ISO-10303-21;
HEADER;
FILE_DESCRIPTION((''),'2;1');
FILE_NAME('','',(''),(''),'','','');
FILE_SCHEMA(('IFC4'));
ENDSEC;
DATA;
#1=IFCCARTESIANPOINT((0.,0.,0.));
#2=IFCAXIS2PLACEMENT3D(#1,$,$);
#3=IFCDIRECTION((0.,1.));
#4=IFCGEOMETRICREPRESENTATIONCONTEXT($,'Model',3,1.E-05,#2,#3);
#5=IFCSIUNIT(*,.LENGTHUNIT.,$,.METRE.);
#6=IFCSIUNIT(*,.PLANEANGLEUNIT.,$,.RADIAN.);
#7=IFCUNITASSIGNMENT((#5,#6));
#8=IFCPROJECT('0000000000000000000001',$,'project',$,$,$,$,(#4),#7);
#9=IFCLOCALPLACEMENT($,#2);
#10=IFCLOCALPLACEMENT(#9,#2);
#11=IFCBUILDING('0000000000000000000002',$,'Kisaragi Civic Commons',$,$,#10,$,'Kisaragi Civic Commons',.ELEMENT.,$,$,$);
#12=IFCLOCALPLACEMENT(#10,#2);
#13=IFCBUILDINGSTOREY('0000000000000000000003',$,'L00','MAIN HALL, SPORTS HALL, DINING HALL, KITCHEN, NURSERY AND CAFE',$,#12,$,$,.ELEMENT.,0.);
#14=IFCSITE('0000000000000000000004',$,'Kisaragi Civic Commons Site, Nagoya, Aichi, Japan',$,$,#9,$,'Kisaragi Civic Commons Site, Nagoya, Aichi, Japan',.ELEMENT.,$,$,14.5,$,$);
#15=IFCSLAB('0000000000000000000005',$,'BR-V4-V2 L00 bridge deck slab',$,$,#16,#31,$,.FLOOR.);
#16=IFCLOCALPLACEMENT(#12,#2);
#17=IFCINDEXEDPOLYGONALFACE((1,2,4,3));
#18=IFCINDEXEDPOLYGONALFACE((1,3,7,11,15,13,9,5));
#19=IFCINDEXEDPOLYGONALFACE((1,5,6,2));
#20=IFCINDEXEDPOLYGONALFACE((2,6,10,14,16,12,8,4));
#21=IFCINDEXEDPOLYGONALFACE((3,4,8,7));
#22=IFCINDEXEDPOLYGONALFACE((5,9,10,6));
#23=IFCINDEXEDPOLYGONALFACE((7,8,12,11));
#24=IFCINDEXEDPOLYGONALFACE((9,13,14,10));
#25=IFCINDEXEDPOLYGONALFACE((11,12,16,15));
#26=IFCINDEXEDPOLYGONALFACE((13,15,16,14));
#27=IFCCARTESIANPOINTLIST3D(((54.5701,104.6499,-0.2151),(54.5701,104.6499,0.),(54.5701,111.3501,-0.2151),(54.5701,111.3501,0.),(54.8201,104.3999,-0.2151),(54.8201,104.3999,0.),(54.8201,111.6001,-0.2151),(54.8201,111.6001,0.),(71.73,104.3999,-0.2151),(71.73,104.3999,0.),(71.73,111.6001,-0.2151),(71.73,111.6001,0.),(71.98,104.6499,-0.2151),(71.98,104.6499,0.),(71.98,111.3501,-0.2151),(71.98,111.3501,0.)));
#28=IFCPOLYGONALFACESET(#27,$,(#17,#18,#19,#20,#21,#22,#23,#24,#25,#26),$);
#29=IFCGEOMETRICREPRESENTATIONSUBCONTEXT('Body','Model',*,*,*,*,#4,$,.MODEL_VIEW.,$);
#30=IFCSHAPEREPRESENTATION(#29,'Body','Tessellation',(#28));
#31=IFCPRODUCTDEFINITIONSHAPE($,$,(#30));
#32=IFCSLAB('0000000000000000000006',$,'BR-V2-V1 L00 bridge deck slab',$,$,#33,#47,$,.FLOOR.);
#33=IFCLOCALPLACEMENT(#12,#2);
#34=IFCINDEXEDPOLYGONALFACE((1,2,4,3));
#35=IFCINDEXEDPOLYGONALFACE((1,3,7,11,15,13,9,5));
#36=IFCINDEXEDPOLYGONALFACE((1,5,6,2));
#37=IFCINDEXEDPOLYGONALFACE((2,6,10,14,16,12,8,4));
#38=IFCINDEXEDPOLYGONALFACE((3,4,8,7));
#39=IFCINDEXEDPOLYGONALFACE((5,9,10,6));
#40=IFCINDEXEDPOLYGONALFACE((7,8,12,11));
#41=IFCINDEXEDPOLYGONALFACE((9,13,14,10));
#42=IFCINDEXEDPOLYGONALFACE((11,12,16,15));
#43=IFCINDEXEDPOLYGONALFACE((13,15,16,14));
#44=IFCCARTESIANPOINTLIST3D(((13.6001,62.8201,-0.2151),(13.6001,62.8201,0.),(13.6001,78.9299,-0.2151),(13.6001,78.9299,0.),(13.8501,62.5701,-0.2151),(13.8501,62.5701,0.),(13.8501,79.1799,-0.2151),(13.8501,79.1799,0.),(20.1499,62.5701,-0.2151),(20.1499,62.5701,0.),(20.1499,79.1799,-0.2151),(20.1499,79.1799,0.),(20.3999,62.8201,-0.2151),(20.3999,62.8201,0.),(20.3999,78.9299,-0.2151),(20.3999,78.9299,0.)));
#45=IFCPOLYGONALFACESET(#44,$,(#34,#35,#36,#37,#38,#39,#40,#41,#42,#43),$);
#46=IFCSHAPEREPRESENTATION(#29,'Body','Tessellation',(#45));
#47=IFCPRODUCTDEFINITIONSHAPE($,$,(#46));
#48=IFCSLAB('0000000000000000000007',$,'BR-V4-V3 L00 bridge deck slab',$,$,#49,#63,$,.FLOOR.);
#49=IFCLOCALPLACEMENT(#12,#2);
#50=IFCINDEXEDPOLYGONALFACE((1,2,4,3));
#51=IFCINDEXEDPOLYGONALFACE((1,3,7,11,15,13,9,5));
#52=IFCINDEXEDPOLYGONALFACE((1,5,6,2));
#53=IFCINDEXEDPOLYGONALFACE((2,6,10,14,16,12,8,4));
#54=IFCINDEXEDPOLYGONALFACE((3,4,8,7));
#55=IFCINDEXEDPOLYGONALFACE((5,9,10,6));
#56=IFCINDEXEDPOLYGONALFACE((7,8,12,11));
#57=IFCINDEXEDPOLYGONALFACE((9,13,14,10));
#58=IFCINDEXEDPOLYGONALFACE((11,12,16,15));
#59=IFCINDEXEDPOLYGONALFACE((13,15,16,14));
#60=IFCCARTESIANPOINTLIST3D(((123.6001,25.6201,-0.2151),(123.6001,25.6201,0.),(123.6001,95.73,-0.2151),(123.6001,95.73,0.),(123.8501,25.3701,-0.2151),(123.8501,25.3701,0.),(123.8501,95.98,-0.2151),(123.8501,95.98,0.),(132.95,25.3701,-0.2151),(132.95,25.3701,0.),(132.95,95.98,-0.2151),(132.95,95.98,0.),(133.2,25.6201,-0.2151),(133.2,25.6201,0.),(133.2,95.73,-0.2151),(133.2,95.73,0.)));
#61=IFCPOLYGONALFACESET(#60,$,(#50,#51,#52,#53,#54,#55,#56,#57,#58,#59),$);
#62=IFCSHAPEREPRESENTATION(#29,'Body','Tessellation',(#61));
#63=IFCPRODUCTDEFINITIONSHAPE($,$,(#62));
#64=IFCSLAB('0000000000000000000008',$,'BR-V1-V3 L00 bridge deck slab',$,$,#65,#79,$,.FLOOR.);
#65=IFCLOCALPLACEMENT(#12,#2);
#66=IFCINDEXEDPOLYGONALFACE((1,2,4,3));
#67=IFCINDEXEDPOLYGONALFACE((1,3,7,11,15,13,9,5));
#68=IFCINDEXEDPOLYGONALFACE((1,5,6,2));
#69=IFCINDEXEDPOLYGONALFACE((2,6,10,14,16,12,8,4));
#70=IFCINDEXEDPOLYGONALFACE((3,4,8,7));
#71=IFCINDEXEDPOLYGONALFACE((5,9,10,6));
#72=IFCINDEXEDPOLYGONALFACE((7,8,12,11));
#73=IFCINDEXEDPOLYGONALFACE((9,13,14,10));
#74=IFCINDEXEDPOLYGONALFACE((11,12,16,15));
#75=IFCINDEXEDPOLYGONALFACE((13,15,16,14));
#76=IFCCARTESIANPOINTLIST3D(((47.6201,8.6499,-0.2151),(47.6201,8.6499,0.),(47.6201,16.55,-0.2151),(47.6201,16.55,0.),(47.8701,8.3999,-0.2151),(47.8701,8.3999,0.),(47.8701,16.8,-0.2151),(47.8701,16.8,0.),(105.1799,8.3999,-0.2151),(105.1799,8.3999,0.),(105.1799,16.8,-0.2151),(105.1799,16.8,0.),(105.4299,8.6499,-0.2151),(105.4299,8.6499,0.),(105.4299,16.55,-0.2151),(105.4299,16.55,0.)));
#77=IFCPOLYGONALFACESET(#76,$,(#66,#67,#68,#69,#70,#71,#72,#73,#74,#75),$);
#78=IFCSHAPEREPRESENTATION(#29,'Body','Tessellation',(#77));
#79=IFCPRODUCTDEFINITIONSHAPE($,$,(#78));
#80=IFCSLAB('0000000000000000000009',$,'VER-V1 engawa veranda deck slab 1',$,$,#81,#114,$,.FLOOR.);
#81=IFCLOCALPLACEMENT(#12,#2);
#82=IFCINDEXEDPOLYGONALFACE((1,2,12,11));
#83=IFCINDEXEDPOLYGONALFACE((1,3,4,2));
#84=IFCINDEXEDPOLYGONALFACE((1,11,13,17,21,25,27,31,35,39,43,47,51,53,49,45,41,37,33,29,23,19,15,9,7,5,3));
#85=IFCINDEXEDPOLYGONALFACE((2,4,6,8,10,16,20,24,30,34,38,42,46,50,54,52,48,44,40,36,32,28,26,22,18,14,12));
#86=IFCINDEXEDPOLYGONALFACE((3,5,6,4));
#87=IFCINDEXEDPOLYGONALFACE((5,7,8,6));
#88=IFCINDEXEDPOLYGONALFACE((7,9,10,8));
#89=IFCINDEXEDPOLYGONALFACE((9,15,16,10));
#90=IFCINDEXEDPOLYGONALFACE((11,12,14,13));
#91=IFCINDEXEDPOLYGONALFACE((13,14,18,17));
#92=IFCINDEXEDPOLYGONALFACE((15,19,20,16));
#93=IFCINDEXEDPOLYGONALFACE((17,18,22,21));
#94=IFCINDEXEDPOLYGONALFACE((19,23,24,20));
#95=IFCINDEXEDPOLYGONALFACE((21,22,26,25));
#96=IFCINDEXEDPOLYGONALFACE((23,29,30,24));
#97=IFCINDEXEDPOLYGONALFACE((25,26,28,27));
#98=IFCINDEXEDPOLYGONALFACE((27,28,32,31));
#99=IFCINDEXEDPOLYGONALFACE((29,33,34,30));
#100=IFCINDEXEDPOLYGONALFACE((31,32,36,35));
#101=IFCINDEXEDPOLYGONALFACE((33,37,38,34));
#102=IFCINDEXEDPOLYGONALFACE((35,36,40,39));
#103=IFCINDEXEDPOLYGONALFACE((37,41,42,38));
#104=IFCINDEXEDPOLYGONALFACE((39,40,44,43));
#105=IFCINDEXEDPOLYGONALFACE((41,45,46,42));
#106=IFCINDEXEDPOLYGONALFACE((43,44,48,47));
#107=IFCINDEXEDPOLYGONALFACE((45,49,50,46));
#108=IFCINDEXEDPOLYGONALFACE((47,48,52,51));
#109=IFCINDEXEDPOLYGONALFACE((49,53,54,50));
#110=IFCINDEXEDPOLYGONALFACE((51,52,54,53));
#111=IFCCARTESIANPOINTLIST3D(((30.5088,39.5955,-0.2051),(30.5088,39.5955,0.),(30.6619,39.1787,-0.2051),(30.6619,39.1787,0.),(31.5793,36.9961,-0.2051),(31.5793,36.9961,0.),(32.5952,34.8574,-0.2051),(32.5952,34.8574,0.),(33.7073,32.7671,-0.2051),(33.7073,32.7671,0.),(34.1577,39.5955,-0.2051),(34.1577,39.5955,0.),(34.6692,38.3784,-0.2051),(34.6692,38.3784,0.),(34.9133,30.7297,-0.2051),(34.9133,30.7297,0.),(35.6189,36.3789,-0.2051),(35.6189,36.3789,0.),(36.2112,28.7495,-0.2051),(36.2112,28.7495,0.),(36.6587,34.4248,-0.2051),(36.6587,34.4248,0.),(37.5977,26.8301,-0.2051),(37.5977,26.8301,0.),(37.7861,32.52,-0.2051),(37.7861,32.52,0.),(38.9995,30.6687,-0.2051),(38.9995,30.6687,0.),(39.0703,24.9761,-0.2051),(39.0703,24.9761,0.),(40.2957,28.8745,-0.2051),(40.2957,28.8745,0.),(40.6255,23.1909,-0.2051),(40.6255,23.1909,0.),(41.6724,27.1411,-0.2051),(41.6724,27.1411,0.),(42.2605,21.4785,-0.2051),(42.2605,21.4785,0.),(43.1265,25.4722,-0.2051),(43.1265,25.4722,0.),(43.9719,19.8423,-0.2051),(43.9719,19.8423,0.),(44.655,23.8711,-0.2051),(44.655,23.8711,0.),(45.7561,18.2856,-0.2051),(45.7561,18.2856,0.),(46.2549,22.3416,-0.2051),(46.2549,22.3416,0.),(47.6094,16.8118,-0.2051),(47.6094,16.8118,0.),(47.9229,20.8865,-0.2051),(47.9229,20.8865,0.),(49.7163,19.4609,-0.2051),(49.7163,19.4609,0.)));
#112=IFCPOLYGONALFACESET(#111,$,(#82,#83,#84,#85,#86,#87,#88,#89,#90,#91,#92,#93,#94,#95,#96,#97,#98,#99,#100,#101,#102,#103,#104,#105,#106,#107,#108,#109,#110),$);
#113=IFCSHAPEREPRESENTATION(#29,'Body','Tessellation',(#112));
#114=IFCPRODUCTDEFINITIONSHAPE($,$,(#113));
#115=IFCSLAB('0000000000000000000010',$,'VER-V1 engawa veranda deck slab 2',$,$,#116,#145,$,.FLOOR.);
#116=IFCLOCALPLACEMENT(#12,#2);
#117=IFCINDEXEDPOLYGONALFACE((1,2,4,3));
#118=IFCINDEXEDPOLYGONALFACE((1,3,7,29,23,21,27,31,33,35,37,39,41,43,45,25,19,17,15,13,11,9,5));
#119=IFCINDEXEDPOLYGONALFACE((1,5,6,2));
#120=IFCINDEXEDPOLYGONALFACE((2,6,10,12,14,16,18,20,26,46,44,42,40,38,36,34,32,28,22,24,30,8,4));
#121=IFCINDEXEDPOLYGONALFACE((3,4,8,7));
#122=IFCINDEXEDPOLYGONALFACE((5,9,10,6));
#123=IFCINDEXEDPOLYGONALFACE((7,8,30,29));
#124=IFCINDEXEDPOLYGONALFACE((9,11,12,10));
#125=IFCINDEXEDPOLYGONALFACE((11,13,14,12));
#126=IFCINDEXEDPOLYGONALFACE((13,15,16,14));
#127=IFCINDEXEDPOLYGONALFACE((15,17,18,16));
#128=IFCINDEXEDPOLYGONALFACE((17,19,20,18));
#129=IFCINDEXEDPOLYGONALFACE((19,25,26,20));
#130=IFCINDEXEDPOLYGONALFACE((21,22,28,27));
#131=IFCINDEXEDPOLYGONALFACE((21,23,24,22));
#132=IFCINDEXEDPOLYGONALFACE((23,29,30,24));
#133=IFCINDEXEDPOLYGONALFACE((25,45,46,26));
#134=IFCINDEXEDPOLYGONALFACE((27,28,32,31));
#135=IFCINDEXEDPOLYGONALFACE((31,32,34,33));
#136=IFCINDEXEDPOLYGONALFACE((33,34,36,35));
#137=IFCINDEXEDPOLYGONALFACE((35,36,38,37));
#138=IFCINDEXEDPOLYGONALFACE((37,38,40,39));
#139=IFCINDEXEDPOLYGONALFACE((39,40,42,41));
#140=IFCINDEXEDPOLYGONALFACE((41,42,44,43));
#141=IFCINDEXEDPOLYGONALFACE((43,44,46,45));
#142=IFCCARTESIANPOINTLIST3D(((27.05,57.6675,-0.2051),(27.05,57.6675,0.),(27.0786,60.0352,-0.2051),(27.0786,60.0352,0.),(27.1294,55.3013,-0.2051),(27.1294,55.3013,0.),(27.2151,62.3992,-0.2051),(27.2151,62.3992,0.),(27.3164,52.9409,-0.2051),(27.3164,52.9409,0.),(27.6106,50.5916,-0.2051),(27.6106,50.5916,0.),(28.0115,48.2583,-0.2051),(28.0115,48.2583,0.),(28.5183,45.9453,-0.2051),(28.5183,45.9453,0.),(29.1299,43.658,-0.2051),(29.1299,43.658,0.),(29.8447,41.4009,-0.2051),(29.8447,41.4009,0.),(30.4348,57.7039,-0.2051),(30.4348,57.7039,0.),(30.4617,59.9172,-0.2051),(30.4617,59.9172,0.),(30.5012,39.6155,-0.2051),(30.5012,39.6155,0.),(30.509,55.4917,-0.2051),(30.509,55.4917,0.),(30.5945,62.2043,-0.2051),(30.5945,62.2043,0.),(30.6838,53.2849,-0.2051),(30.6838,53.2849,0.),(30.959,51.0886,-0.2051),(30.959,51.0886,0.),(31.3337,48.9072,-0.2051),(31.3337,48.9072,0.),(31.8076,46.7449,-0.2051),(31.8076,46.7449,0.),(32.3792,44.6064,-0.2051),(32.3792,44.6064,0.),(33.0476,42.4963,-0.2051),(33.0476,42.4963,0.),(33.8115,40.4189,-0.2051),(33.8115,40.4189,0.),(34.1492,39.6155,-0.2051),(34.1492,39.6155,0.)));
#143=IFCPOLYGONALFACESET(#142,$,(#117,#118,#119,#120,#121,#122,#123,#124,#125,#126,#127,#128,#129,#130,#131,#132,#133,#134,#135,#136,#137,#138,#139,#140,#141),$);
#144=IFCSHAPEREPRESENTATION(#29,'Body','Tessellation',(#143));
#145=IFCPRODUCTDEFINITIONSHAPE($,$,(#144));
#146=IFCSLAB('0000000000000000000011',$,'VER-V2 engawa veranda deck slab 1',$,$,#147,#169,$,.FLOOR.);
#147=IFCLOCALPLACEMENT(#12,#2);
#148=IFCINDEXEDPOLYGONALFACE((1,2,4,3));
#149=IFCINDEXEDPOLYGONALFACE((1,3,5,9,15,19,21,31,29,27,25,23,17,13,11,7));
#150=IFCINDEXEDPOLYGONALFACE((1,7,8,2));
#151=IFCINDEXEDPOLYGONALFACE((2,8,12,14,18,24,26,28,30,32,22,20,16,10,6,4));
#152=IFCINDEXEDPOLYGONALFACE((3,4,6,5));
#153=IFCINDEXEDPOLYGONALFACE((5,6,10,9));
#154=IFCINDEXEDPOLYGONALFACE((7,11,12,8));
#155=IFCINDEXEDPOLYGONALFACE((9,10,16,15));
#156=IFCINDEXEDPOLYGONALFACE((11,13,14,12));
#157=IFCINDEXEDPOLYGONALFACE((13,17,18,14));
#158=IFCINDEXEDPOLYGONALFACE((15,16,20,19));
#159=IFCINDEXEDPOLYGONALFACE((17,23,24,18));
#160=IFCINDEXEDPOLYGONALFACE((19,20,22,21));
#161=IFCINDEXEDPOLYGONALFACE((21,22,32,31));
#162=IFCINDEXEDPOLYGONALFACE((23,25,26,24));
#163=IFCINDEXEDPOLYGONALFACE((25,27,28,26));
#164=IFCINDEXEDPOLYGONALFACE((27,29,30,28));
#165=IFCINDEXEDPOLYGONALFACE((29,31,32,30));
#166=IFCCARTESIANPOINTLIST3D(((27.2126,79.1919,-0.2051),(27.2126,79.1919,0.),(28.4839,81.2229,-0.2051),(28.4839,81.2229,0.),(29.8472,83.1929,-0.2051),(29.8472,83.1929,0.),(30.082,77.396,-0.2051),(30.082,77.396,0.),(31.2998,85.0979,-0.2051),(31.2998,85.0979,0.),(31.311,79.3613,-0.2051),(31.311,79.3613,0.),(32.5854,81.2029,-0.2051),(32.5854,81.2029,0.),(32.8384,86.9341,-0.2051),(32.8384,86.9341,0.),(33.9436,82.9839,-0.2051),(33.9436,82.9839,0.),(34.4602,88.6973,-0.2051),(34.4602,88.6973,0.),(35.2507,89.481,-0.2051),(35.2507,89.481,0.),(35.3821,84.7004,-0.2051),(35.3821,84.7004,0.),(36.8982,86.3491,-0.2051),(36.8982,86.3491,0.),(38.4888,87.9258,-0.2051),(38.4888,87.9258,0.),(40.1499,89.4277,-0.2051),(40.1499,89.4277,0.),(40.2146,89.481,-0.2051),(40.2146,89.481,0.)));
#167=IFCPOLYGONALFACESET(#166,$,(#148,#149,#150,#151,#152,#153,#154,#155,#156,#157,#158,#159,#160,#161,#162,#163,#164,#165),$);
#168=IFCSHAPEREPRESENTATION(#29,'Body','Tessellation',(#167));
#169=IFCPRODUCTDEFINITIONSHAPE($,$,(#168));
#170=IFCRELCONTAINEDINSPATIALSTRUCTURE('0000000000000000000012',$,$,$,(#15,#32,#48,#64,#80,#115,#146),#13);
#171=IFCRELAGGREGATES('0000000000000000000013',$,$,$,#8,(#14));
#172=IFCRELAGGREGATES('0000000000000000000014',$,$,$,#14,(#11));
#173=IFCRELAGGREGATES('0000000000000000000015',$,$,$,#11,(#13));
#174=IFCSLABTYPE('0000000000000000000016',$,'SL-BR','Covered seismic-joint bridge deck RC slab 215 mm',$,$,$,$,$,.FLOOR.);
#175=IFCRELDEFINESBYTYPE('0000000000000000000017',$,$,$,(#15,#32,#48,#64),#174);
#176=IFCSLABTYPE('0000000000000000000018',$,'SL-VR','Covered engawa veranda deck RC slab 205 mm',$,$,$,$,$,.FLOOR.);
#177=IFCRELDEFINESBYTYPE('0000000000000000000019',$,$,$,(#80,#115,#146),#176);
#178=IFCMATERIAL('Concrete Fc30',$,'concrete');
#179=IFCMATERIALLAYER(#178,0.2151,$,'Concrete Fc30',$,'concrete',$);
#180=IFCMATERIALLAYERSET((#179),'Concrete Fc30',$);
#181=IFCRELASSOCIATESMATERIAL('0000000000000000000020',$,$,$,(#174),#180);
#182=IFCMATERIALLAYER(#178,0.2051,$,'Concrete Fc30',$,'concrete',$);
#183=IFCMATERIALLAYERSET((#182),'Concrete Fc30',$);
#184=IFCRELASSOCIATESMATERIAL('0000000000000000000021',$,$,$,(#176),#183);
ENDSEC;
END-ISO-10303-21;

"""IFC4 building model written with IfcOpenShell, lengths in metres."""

from ifc_helpers import new_model, si_unit, direction, frame, origin, place, context, subcontext, project, spatial, polyline, outline, extrude, material, layer, layer_set, type_object, element, save


model = new_model("IFC4")

# Units and contexts
model_context = context("Model", 3, precision=1e-05, world=origin(), true_north=direction((0.0, 1.0)))
body_context = subcontext(model_context, "Body", "Model", "MODEL_VIEW")
ifc_project = project(units=[si_unit("LENGTHUNIT", "METRE"), si_unit("PLANEANGLEUNIT", "RADIAN")], contexts=[model_context])

# Site, building, storey
site_placement = place(None, origin())
site = spatial("IfcSite", under=ifc_project, at=site_placement, Name="Kisaragi Civic Commons Site, Nagoya, Aichi, Japan", LongName="Kisaragi Civic Commons Site, Nagoya, Aichi, Japan", CompositionType="ELEMENT", RefElevation=14.5)
building_placement = place(site_placement, origin())
building = spatial("IfcBuilding", under=site, at=building_placement, Name="Kisaragi Civic Commons", LongName="Kisaragi Civic Commons", CompositionType="ELEMENT")
storey_placement = place(building_placement, origin())
storey = spatial("IfcBuildingStorey", under=building, at=storey_placement, Name="L00", Description="MAIN HALL, SPORTS HALL, DINING HALL, KITCHEN, NURSERY AND CAFE", CompositionType="ELEMENT", Elevation=0.0)

# Slabs
ifc_material_1 = material(Name="Concrete Fc30", Category="concrete")
ifc_layer_1 = layer(ifc_material_1, 0.2151, Name="Concrete Fc30", Category="concrete")
ifc_layer_set_1 = layer_set([ifc_layer_1], Name="Concrete Fc30")
slab_type_1 = type_object("IfcSlabType", Name="SL-BR", Description="Covered seismic-joint bridge deck RC slab 215 mm", PredefinedType="FLOOR", material=ifc_layer_set_1)
slab_1_placement = place(storey_placement, frame((0.0, 0.0, -0.2151)))
element("IfcSlab", 1, at=slab_1_placement, inside=storey, type_object=slab_type_1, Name="BR-V4-V2 L00 bridge deck slab", PredefinedType="FLOOR", context=body_context, shape_type="SweptSolid", body=[
    extrude(outline(polyline([(54.8201, 104.3999), (71.73, 104.3999), (71.98, 104.6499), (71.98, 111.3501), (71.73, 111.6001), (54.8201, 111.6001), (54.5701, 111.3501), (54.5701, 104.6499), (54.8201, 104.3999)])), origin(), (0.0, 0.0, 1.0), 0.2151),
])
slab_2_placement = place(storey_placement, frame((0.0, 0.0, -0.2151)))
element("IfcSlab", 2, at=slab_2_placement, inside=storey, type_object=slab_type_1, Name="BR-V2-V1 L00 bridge deck slab", PredefinedType="FLOOR", context=body_context, shape_type="SweptSolid", body=[
    extrude(outline(polyline([(13.8501, 62.5701), (20.1499, 62.5701), (20.3999, 62.8201), (20.3999, 78.9299), (20.1499, 79.1799), (13.8501, 79.1799), (13.6001, 78.9299), (13.6001, 62.8201), (13.8501, 62.5701)])), origin(), (0.0, 0.0, 1.0), 0.2151),
])
slab_3_placement = place(storey_placement, frame((0.0, 0.0, -0.2151)))
element("IfcSlab", 3, at=slab_3_placement, inside=storey, type_object=slab_type_1, Name="BR-V4-V3 L00 bridge deck slab", PredefinedType="FLOOR", context=body_context, shape_type="SweptSolid", body=[
    extrude(outline(polyline([(123.8501, 25.3701), (132.95, 25.3701), (133.2, 25.6201), (133.2, 95.73), (132.95, 95.98), (123.8501, 95.98), (123.6001, 95.73), (123.6001, 25.6201), (123.8501, 25.3701)])), origin(), (0.0, 0.0, 1.0), 0.2151),
])
slab_4_placement = place(storey_placement, frame((0.0, 0.0, -0.2151)))
element("IfcSlab", 4, at=slab_4_placement, inside=storey, type_object=slab_type_1, Name="BR-V1-V3 L00 bridge deck slab", PredefinedType="FLOOR", context=body_context, shape_type="SweptSolid", body=[
    extrude(outline(polyline([(47.8701, 8.3999), (105.1799, 8.3999), (105.4299, 8.6499), (105.4299, 16.55), (105.1799, 16.8), (47.8701, 16.8), (47.6201, 16.55), (47.6201, 8.6499), (47.8701, 8.3999)])), origin(), (0.0, 0.0, 1.0), 0.2151),
])
ifc_layer_2 = layer(ifc_material_1, 0.2051, Name="Concrete Fc30", Category="concrete")
ifc_layer_set_2 = layer_set([ifc_layer_2], Name="Concrete Fc30")
slab_type_2 = type_object("IfcSlabType", Name="SL-VR", Description="Covered engawa veranda deck RC slab 205 mm", PredefinedType="FLOOR", material=ifc_layer_set_2)
slab_5_placement = place(storey_placement, frame((0.0, 0.0, -0.2051)))
element("IfcSlab", 5, at=slab_5_placement, inside=storey, type_object=slab_type_2, Name="VER-V1 engawa veranda deck slab 1", PredefinedType="FLOOR", context=body_context, shape_type="SweptSolid", body=[
    extrude(outline(polyline([(34.1577, 39.5955), (30.5088, 39.5955), (30.6619, 39.1787), (31.5793, 36.9961), (32.5952, 34.8574), (33.7073, 32.7671), (34.9133, 30.7297), (36.2112, 28.7495), (37.5977, 26.8301), (39.0703, 24.9761), (40.6255, 23.1909), (42.2605, 21.4785), (43.9719, 19.8423), (45.7561, 18.2856), (47.6094, 16.8118), (47.6094, 16.8118), (49.7163, 19.4609), (47.9229, 20.8865), (46.2549, 22.3416), (44.655, 23.8711), (43.1265, 25.4722), (41.6724, 27.1411), (40.2957, 28.8745), (38.9995, 30.6687), (37.7861, 32.52), (36.6587, 34.4248), (35.6189, 36.3789), (34.6692, 38.3784), (34.1577, 39.5955)])), origin(), (0.0, 0.0, 1.0), 0.2051),
])
slab_6_placement = place(storey_placement, frame((0.0, 0.0, -0.2051)))
element("IfcSlab", 6, at=slab_6_placement, inside=storey, type_object=slab_type_2, Name="VER-V1 engawa veranda deck slab 2", PredefinedType="FLOOR", context=body_context, shape_type="SweptSolid", body=[
    extrude(outline(polyline([(30.5945, 62.2043), (27.2151, 62.3992), (27.0786, 60.0352), (27.05, 57.6675), (27.1294, 55.3013), (27.3164, 52.9409), (27.6106, 50.5916), (28.0115, 48.2583), (28.5183, 45.9453), (29.1299, 43.658), (29.8447, 41.4009), (30.5012, 39.6155), (34.1492, 39.6155), (33.8115, 40.4189), (33.0476, 42.4963), (32.3792, 44.6064), (31.8076, 46.7449), (31.3337, 48.9072), (30.959, 51.0886), (30.6838, 53.2849), (30.509, 55.4917), (30.4348, 57.7039), (30.4617, 59.9172), (30.5945, 62.2043)])), origin(), (0.0, 0.0, 1.0), 0.2051),
])
slab_7_placement = place(storey_placement, frame((0.0, 0.0, -0.2051)))
element("IfcSlab", 7, at=slab_7_placement, inside=storey, type_object=slab_type_2, Name="VER-V2 engawa veranda deck slab 1", PredefinedType="FLOOR", context=body_context, shape_type="SweptSolid", body=[
    extrude(outline(polyline([(40.2146, 89.481), (35.2507, 89.481), (34.4602, 88.6973), (32.8384, 86.9341), (31.2998, 85.0979), (29.8472, 83.1929), (28.4839, 81.2229), (27.2126, 79.1919), (30.082, 77.396), (31.311, 79.3613), (32.5854, 81.2029), (33.9436, 82.9839), (35.3821, 84.7004), (36.8982, 86.3491), (38.4888, 87.9258), (40.1499, 89.4277), (40.2146, 89.481)])), origin(), (0.0, 0.0, 1.0), 0.2051),
])

save(model, "model.ifc")
